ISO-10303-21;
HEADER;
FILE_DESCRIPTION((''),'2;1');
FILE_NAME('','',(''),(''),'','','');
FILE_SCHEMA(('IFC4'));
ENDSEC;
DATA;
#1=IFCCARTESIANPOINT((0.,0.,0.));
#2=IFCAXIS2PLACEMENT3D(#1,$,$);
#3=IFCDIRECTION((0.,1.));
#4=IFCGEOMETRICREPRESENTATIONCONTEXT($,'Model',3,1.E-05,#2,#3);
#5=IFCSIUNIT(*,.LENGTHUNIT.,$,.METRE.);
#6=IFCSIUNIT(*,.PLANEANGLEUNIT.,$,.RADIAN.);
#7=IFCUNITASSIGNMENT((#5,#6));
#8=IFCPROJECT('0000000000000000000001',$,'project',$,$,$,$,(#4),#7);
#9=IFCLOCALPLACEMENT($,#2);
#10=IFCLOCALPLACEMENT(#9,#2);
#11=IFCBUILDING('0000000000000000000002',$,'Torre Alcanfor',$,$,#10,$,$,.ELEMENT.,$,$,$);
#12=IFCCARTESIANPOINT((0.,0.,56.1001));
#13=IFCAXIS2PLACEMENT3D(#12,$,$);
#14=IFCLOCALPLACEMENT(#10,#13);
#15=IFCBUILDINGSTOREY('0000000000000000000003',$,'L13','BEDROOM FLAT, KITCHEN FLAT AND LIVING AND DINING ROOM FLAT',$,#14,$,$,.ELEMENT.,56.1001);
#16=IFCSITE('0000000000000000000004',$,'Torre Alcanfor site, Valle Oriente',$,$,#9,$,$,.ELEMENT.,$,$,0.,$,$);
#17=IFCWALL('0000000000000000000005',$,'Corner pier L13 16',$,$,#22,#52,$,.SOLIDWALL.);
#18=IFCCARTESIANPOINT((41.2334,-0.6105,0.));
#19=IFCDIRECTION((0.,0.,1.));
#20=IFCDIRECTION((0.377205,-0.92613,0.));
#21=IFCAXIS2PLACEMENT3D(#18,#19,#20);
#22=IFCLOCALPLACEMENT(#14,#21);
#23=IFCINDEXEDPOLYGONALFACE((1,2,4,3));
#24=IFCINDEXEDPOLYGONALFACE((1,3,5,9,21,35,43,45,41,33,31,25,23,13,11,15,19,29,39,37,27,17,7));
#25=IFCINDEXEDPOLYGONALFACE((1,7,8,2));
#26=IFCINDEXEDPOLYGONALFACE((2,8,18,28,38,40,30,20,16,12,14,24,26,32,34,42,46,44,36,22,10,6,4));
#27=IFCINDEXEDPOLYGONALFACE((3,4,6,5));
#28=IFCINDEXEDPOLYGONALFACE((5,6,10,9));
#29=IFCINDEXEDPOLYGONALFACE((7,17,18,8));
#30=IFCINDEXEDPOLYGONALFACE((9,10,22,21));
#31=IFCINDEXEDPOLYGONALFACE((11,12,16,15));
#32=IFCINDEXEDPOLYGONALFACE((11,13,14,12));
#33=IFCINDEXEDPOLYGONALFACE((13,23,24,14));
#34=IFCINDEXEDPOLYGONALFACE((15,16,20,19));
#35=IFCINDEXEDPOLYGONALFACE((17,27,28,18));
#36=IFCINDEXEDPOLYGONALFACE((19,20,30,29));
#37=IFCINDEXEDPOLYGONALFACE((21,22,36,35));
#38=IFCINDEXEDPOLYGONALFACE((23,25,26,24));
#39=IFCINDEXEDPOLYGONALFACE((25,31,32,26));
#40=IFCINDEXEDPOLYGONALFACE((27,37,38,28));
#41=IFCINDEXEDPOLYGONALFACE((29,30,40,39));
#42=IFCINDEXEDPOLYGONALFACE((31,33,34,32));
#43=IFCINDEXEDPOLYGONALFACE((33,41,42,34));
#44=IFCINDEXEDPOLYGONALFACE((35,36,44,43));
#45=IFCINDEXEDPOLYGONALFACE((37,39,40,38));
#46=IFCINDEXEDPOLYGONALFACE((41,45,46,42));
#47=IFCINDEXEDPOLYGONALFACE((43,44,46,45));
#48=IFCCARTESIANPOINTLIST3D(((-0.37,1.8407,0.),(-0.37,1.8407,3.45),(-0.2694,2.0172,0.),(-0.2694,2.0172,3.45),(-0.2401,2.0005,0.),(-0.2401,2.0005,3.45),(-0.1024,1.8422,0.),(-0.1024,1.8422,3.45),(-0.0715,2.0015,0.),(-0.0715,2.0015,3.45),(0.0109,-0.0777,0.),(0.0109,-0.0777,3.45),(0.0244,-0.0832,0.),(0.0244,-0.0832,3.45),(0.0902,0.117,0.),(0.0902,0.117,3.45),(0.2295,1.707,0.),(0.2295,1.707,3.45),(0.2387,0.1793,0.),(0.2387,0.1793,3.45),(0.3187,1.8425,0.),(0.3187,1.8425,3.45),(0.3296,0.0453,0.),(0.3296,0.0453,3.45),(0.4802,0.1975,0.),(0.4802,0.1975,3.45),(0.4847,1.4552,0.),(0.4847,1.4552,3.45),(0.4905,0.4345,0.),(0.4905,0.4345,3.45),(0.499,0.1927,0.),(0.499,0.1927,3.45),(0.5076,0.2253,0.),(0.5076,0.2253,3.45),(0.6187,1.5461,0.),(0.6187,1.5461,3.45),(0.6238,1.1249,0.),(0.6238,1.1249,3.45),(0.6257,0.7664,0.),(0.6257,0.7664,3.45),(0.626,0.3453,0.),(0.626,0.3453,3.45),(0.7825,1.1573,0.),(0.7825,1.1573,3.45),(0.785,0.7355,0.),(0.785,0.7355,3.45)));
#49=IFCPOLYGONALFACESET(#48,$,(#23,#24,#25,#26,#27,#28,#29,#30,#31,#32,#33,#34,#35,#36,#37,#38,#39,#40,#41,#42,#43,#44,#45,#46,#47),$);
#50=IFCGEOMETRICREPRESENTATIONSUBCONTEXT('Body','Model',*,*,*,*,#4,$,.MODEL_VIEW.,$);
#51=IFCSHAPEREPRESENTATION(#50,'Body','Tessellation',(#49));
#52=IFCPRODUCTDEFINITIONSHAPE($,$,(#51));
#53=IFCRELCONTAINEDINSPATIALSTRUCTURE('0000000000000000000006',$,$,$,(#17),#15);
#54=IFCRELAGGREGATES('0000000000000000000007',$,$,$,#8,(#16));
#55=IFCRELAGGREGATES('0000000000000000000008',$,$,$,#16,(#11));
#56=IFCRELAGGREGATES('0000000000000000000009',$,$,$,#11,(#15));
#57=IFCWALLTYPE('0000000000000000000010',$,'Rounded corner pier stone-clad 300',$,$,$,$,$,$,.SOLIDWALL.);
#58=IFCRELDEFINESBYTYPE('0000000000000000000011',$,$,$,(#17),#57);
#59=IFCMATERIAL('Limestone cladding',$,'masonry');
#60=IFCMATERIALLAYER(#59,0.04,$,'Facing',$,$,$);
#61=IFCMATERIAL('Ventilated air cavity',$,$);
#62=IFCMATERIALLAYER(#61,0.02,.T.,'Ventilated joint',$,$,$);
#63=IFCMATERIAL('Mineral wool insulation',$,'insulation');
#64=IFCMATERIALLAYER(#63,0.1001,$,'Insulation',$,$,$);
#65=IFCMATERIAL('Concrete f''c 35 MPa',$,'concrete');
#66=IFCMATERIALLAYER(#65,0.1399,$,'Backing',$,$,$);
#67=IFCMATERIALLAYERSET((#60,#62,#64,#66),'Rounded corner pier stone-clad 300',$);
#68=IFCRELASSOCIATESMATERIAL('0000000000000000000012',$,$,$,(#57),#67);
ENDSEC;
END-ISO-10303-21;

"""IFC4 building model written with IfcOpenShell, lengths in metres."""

from ifc_helpers import new_model, si_unit, direction, frame, origin, place, context, subcontext, project, spatial, polyline, outline, extrude, material, layer, layer_set, type_object, element, save


model = new_model("IFC4")

# Units and contexts
model_context = context("Model", 3, precision=1e-05, world=origin(), true_north=direction((0.0, 1.0)))
body_context = subcontext(model_context, "Body", "Model", "MODEL_VIEW")
ifc_project = project(units=[si_unit("LENGTHUNIT", "METRE"), si_unit("PLANEANGLEUNIT", "RADIAN")], contexts=[model_context])

# Site, building, storey
site_placement = place(None, origin())
site = spatial("IfcSite", under=ifc_project, at=site_placement, Name="Torre Alcanfor site, Valle Oriente", CompositionType="ELEMENT", RefElevation=0.0)
building_placement = place(site_placement, origin())
building = spatial("IfcBuilding", under=site, at=building_placement, Name="Torre Alcanfor", CompositionType="ELEMENT")
storey_placement = place(building_placement, frame((0.0, 0.0, 56.1001)))
storey = spatial("IfcBuildingStorey", under=building, at=storey_placement, Name="L13", Description="BEDROOM FLAT, KITCHEN FLAT AND LIVING AND DINING ROOM FLAT", CompositionType="ELEMENT", Elevation=56.1001)

# Wall
ifc_material_1 = material(Name="Limestone cladding", Category="masonry")
ifc_layer_1 = layer(ifc_material_1, 0.04, Name="Facing")
ifc_material_2 = material(Name="Ventilated air cavity")
ifc_layer_2 = layer(ifc_material_2, 0.02, ventilated=True, Name="Ventilated joint")
ifc_material_3 = material(Name="Mineral wool insulation", Category="insulation")
ifc_layer_3 = layer(ifc_material_3, 0.1001, Name="Insulation")
ifc_material_4 = material(Name="Concrete f'c 35 MPa", Category="concrete")
ifc_layer_4 = layer(ifc_material_4, 0.1399, Name="Backing")
ifc_layer_set_1 = layer_set([ifc_layer_1, ifc_layer_2, ifc_layer_3, ifc_layer_4], Name="Rounded corner pier stone-clad 300")
wall_type_1 = type_object("IfcWallType", Name="Rounded corner pier stone-clad 300", PredefinedType="SOLIDWALL", material=ifc_layer_set_1)
wall_1_placement = place(storey_placement, frame((41.2334, -0.6105, 0.0), z_axis=(0.0, 0.0, 1.0), x_axis=(0.377205, -0.92613, 0.0)))
element("IfcWall", 1, at=wall_1_placement, inside=storey, type_object=wall_type_1, Name="Corner pier L13 16", PredefinedType="SOLIDWALL", context=body_context, shape_type="SweptSolid", body=[
    extrude(outline(polyline([(0.3187, 1.8425), (-0.0715, 2.0015), (-0.2401, 2.0005), (-0.2694, 2.0172), (-0.37, 1.8407), (-0.1024, 1.8422), (0.2295, 1.707), (0.4847, 1.4552), (0.6238, 1.1249), (0.6257, 0.7664), (0.4905, 0.4345), (0.2387, 0.1793), (0.0902, 0.117), (0.0109, -0.0777), (0.0244, -0.0832), (0.3296, 0.0453), (0.4802, 0.1975), (0.499, 0.1927), (0.5076, 0.2253), (0.626, 0.3453), (0.785, 0.7355), (0.7825, 1.1573), (0.6187, 1.5461), (0.3187, 1.8425)])), origin(), (0.0, 0.0, 1.0), 3.45),
])

save(model, "model.ifc")
